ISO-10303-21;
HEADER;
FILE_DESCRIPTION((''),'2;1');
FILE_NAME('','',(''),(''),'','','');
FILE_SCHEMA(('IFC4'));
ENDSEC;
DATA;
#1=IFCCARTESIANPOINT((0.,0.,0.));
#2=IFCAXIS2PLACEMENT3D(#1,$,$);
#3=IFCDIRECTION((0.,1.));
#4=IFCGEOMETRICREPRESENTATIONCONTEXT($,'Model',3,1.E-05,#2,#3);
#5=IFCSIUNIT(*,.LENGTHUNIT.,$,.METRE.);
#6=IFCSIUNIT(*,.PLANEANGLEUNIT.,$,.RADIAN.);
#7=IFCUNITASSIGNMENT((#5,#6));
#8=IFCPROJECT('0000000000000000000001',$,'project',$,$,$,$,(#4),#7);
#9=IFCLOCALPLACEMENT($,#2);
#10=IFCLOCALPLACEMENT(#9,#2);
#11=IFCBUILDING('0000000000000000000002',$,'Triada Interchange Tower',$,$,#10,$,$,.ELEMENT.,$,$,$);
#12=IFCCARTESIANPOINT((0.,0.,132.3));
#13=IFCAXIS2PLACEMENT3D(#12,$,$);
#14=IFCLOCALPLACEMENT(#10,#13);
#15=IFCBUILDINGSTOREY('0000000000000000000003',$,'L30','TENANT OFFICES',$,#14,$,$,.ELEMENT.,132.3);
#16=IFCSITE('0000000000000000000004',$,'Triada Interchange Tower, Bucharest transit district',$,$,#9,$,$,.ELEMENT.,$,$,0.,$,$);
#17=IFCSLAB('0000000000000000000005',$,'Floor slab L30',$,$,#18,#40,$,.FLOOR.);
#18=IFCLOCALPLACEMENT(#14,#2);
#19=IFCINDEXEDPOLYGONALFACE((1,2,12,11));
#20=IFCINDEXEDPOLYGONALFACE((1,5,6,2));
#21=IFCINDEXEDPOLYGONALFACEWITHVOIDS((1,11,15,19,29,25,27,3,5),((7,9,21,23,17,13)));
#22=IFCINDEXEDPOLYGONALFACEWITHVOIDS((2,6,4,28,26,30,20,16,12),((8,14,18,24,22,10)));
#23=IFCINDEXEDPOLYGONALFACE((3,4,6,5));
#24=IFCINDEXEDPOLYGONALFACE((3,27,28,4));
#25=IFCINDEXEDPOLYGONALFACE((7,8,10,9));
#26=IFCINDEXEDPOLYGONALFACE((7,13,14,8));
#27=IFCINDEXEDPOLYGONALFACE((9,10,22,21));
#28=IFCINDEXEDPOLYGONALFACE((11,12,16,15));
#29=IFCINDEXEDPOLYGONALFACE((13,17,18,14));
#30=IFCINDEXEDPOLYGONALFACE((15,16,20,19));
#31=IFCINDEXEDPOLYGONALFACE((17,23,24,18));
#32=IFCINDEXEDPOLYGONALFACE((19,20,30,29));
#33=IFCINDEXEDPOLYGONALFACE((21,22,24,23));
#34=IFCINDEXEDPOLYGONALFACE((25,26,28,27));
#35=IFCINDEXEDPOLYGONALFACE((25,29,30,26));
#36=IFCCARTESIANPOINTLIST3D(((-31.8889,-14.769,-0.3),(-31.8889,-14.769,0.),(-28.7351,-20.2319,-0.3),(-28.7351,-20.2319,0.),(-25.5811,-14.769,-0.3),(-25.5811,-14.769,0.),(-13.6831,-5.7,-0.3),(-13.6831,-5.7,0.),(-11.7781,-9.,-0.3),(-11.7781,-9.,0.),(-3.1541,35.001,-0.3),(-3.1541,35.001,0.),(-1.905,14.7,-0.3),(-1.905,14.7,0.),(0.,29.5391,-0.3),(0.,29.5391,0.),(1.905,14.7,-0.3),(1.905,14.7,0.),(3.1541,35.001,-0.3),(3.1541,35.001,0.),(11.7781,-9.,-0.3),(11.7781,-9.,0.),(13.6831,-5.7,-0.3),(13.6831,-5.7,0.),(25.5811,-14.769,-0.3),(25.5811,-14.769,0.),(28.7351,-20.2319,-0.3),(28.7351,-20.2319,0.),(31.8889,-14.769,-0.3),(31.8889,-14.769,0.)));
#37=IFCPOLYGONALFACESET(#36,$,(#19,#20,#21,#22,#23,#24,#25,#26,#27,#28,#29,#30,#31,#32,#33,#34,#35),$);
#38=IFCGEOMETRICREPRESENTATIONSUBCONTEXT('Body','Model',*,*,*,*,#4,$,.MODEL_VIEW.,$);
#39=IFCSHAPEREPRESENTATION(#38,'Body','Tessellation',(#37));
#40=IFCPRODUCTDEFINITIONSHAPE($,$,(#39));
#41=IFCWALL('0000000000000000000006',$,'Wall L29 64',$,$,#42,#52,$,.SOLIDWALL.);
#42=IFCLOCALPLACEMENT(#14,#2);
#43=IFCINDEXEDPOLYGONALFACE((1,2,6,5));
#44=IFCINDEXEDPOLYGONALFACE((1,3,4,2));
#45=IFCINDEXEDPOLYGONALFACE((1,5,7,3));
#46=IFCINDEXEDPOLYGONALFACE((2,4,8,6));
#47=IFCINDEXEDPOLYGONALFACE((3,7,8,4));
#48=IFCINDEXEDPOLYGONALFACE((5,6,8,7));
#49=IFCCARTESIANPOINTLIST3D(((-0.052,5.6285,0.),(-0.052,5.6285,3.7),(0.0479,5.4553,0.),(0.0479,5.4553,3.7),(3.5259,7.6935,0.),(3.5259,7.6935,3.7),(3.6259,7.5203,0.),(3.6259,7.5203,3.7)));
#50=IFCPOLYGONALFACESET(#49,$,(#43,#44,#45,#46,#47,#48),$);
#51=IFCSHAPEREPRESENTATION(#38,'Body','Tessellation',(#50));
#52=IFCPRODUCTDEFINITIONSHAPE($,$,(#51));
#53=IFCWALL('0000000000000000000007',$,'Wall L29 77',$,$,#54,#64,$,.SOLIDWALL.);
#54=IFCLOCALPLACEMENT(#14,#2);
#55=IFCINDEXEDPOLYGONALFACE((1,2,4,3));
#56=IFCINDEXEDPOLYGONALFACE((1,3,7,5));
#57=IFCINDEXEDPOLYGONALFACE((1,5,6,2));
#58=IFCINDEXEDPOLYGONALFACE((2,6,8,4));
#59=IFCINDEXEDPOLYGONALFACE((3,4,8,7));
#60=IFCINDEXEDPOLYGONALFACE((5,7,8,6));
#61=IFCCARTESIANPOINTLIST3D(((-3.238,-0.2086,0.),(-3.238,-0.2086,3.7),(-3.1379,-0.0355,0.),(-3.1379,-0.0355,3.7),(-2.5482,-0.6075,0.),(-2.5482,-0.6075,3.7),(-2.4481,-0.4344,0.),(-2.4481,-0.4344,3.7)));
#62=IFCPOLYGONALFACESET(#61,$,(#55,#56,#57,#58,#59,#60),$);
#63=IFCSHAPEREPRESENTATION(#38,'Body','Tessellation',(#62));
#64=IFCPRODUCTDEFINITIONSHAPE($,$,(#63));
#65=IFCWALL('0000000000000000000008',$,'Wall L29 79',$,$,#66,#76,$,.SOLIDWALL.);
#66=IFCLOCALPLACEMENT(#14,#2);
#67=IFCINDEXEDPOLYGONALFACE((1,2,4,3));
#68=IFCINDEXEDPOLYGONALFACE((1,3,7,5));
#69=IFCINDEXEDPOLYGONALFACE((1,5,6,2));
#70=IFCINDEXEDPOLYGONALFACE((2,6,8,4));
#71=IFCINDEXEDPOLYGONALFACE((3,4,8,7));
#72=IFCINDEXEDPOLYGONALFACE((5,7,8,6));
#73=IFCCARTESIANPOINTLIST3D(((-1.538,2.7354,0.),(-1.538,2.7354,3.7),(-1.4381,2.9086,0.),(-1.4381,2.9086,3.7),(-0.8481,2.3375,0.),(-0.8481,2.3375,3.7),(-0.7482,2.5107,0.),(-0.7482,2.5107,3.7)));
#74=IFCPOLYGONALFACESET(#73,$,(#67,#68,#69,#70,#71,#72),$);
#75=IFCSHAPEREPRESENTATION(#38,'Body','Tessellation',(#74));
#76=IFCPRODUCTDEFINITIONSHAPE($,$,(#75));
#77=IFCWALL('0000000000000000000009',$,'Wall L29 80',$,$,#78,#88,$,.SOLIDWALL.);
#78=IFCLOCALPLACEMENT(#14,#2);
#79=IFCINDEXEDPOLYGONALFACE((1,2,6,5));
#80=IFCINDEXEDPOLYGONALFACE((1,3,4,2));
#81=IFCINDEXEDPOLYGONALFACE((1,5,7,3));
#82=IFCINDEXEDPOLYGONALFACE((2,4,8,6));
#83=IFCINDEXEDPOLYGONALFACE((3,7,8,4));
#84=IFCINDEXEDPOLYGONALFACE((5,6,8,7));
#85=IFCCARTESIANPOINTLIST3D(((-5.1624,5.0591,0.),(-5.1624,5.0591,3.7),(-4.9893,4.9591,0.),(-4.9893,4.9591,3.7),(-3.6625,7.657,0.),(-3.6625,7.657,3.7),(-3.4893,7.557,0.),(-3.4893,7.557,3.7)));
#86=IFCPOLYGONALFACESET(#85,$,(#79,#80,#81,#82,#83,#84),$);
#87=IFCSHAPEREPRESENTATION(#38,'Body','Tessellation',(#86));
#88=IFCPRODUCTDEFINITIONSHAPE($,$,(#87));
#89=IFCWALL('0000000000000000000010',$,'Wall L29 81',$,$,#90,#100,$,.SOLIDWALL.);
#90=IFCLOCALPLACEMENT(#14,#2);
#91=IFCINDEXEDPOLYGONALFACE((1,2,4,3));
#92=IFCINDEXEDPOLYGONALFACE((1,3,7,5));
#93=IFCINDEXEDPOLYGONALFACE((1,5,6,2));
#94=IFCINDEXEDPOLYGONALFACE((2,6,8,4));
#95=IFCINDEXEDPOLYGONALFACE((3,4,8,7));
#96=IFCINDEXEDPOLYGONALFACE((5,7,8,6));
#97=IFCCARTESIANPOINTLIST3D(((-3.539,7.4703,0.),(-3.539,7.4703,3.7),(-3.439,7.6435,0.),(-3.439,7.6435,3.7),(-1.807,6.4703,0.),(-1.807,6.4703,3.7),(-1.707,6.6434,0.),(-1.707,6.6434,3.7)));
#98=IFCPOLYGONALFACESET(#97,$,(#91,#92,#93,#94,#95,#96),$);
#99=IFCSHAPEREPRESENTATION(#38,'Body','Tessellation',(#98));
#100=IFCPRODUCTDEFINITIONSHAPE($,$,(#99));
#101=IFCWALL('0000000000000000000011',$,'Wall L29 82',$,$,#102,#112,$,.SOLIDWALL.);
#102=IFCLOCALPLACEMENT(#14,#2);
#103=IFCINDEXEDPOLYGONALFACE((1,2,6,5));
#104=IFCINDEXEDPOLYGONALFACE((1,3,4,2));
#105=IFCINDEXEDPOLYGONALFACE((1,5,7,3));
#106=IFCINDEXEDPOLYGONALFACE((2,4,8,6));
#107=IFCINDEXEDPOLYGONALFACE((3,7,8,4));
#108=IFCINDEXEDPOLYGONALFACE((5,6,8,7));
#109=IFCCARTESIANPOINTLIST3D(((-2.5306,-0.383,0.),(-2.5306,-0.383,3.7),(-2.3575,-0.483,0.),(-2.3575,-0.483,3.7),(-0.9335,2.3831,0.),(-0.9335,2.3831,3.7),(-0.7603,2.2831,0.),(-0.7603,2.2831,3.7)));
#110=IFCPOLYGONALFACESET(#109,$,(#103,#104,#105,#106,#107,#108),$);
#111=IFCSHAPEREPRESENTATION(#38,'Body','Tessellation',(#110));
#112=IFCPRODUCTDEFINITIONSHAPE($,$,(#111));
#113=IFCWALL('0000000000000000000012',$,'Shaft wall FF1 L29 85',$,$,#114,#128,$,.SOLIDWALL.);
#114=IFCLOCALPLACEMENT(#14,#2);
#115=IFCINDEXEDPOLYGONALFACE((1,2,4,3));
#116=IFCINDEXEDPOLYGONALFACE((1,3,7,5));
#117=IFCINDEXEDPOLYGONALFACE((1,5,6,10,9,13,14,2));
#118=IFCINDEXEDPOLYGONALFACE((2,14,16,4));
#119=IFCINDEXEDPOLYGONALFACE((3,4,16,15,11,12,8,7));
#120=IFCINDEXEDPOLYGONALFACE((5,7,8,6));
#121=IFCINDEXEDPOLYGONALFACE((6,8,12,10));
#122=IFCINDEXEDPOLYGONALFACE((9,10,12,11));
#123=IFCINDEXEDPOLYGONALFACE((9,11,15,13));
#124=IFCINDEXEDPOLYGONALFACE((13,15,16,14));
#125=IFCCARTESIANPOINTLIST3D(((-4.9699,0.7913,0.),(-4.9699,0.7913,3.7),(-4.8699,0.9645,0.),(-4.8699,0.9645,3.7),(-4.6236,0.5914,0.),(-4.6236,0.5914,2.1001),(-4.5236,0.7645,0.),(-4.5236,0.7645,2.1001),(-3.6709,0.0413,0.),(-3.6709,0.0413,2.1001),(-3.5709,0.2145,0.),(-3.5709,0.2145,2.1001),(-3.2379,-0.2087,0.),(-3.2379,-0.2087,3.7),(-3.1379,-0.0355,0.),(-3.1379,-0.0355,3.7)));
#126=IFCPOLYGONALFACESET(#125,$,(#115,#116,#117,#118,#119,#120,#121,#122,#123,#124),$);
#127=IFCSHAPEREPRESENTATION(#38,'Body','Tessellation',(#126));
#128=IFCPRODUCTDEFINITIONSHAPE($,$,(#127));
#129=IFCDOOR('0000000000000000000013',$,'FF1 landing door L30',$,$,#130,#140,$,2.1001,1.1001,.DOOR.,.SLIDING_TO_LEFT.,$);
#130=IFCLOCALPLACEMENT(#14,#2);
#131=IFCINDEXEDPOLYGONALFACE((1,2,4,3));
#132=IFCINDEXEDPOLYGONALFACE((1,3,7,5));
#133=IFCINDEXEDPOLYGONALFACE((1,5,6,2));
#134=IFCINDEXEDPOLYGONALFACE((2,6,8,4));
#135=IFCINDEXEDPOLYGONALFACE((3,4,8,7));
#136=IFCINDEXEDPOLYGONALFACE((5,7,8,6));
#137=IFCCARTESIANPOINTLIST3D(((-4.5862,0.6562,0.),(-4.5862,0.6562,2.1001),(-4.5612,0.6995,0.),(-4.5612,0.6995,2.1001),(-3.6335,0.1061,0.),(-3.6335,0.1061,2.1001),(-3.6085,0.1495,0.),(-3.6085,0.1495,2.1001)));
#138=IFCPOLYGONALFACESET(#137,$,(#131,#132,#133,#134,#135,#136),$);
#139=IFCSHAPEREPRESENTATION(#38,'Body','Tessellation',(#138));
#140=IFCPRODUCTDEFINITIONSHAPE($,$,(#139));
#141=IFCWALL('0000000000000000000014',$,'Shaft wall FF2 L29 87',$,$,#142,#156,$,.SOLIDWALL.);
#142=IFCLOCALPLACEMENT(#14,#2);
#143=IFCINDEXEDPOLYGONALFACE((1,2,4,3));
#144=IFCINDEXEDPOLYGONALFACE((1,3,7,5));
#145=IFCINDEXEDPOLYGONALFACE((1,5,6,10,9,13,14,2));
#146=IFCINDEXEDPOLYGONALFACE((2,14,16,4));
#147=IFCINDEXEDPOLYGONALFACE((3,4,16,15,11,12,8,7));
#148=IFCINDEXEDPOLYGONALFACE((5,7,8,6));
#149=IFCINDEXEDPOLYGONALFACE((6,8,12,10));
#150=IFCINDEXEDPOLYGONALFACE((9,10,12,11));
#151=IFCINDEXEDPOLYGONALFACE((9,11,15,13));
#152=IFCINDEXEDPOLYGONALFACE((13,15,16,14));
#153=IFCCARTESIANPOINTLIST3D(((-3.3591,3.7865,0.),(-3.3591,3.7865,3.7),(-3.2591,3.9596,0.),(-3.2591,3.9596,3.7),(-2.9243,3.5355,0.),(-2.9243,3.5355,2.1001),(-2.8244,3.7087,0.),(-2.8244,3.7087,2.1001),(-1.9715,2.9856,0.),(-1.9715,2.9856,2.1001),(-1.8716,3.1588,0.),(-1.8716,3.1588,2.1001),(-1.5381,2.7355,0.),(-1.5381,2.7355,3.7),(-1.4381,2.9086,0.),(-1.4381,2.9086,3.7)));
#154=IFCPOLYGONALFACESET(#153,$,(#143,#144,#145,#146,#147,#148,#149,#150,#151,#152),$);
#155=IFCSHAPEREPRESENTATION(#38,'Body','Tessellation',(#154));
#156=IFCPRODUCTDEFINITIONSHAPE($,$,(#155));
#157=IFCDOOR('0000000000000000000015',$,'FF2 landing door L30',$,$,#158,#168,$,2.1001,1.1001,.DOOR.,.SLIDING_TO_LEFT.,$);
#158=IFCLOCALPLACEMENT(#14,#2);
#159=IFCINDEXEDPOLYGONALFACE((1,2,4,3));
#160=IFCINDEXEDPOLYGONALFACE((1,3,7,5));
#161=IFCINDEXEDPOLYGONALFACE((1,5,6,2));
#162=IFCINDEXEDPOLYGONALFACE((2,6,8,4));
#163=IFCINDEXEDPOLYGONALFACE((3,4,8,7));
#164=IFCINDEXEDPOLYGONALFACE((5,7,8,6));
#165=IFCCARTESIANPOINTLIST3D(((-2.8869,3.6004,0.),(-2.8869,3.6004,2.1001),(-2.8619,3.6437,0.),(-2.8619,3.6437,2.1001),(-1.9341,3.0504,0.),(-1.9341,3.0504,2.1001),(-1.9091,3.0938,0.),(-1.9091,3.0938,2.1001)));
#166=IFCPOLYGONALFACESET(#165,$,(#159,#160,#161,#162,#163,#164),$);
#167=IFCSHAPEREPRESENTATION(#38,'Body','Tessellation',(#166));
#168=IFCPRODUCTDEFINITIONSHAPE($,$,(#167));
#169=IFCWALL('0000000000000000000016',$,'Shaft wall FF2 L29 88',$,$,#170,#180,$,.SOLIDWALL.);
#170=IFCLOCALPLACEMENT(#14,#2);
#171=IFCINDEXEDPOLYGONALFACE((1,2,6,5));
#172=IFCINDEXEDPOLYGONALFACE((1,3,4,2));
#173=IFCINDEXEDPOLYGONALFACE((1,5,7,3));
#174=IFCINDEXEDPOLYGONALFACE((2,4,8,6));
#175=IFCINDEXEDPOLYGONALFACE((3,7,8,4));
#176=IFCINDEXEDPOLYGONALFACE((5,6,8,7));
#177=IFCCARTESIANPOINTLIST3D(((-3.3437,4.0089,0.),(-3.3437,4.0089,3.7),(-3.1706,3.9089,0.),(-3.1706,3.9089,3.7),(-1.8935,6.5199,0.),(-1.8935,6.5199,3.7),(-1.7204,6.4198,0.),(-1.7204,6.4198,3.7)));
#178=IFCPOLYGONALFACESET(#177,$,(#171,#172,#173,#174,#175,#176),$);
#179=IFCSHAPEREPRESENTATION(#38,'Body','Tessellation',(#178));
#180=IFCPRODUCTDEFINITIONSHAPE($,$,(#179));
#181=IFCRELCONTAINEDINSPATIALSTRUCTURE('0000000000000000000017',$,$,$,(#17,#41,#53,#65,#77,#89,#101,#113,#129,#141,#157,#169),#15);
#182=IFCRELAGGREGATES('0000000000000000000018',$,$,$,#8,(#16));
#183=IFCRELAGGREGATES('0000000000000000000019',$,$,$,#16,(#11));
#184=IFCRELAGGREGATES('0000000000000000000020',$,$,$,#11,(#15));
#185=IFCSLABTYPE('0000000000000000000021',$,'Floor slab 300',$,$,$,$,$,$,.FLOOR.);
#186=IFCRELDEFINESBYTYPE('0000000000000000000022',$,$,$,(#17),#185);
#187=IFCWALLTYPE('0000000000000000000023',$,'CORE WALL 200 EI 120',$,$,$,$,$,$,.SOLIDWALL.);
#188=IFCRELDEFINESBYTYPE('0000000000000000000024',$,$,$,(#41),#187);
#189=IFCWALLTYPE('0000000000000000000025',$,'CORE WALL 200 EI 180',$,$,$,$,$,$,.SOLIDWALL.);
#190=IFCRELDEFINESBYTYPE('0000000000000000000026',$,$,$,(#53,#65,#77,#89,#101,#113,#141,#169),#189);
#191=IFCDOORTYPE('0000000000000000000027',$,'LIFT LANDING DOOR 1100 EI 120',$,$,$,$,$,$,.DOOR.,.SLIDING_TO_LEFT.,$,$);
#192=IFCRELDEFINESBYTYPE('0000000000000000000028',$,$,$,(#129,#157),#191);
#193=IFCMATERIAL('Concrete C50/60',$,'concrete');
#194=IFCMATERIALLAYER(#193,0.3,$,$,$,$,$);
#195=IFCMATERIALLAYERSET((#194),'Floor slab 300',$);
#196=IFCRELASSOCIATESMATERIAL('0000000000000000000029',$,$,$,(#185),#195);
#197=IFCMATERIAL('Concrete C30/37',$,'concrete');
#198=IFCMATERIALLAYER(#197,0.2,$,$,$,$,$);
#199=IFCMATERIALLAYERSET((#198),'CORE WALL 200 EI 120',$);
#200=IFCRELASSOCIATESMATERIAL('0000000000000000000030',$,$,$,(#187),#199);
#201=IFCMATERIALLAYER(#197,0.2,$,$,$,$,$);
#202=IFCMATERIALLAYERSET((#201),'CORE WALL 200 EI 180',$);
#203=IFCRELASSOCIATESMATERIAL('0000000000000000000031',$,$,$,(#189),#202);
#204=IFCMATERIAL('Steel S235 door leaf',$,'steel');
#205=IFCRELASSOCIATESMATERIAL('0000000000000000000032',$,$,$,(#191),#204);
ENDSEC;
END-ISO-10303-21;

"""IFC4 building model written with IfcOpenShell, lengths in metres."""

from ifc_helpers import new_model, si_unit, direction, frame, frame_2d, origin, place, context, subcontext, project, spatial, polyline, rectangle, outline, extrude, material, layer, layer_set, type_object, element, fill, save


model = new_model("IFC4")

# Units and contexts
model_context = context("Model", 3, precision=1e-05, world=origin(), true_north=direction((0.0, 1.0)))
body_context = subcontext(model_context, "Body", "Model", "MODEL_VIEW")
ifc_project = project(units=[si_unit("LENGTHUNIT", "METRE"), si_unit("PLANEANGLEUNIT", "RADIAN")], contexts=[model_context])

# Site, building, storey
site_placement = place(None, origin())
site = spatial("IfcSite", under=ifc_project, at=site_placement, Name="Triada Interchange Tower, Bucharest transit district", CompositionType="ELEMENT", RefElevation=0.0)
building_placement = place(site_placement, origin())
building = spatial("IfcBuilding", under=site, at=building_placement, Name="Triada Interchange Tower", CompositionType="ELEMENT")
storey_placement = place(building_placement, frame((0.0, 0.0, 132.3)))
storey = spatial("IfcBuildingStorey", under=building, at=storey_placement, Name="L30", Description="TENANT OFFICES", CompositionType="ELEMENT", Elevation=132.3)

# Slab
ifc_material_1 = material(Name="Concrete C50/60", Category="concrete")
ifc_layer_1 = layer(ifc_material_1, 0.3)
ifc_layer_set_1 = layer_set([ifc_layer_1], Name="Floor slab 300")
slab_type = type_object("IfcSlabType", Name="Floor slab 300", PredefinedType="FLOOR", material=ifc_layer_set_1)
slab_placement = place(storey_placement, frame((0.0, 0.0, -0.3)))
element("IfcSlab", 1, at=slab_placement, inside=storey, type_object=slab_type, Name="Floor slab L30", PredefinedType="FLOOR", context=body_context, shape_type="SweptSolid", body=[
    extrude(outline(polyline([(-3.1541, 35.001), (-31.8889, -14.769), (-25.5811, -14.769), (-28.7351, -20.2319), (28.7351, -20.2319), (25.5811, -14.769), (31.8889, -14.769), (3.1541, 35.001), (0.0, 29.5391), (-3.1541, 35.001)]), holes=[polyline([(1.905, 14.7), (-1.905, 14.7), (-13.6831, -5.7), (-11.7781, -9.0), (11.7781, -9.0), (13.6831, -5.7), (1.905, 14.7)])]), origin(), (0.0, 0.0, 1.0), 0.3),
])

# Walls
ifc_material_2 = material(Name="Concrete C30/37", Category="concrete")
ifc_layer_2 = layer(ifc_material_2, 0.2)
ifc_layer_set_2 = layer_set([ifc_layer_2], Name="CORE WALL 200 EI 120")
wall_type_1 = type_object("IfcWallType", Name="CORE WALL 200 EI 120", PredefinedType="SOLIDWALL", material=ifc_layer_set_2)
wall_1_placement = place(storey_placement, frame((-0.002, 5.542, 0.0), z_axis=(0.0, 0.0, 1.0), x_axis=(0.866104, 0.499864, 0.0)))
element("IfcWall", 2, at=wall_1_placement, inside=storey, type_object=wall_type_1, Name="Wall L29 64", PredefinedType="SOLIDWALL", context=body_context, shape_type="SweptSolid", body=[
    extrude(rectangle(XDim=4.1311, YDim=0.2, at=frame_2d((2.0654, 0.0))), origin(), (0.0, 0.0, 1.0), 3.7),
])
ifc_layer_3 = layer(ifc_material_2, 0.2)
ifc_layer_set_3 = layer_set([ifc_layer_3], Name="CORE WALL 200 EI 180")
wall_type_2 = type_object("IfcWallType", Name="CORE WALL 200 EI 180", PredefinedType="SOLIDWALL", material=ifc_layer_set_3)
wall_2_placement = place(storey_placement, frame((-3.188, -0.1221, 0.0), z_axis=(0.0, 0.0, 1.0), x_axis=(0.865706, -0.500553, 0.0)))
element("IfcWall", 3, at=wall_2_placement, inside=storey, type_object=wall_type_2, Name="Wall L29 77", PredefinedType="SOLIDWALL", context=body_context, shape_type="SweptSolid", body=[
    extrude(rectangle(XDim=0.7969, YDim=0.2, at=frame_2d((0.3984, 0.0))), origin(), (0.0, 0.0, 1.0), 3.7),
])
wall_3_placement = place(storey_placement, frame((-1.488, 2.822, 0.0), z_axis=(0.0, 0.0, 1.0), x_axis=(0.866237, -0.499634, 0.0)))
element("IfcWall", 4, at=wall_3_placement, inside=storey, type_object=wall_type_2, Name="Wall L29 79", PredefinedType="SOLIDWALL", context=body_context, shape_type="SweptSolid", body=[
    extrude(rectangle(XDim=0.7964, YDim=0.2, at=frame_2d((0.3982, 0.0))), origin(), (0.0, 0.0, 1.0), 3.7),
])
wall_4_placement = place(storey_placement, frame((-5.0759, 5.009, 0.0), z_axis=(0.0, 0.0, 1.0), x_axis=(0.500025, 0.866011, 0.0)))
element("IfcWall", 5, at=wall_4_placement, inside=storey, type_object=wall_type_2, Name="Wall L29 80", PredefinedType="SOLIDWALL", context=body_context, shape_type="SweptSolid", body=[
    extrude(rectangle(XDim=2.9998, YDim=0.2, at=frame_2d((1.5, 0.0))), origin(), (0.0, 0.0, 1.0), 3.7),
])
wall_5_placement = place(storey_placement, frame((-3.489, 7.5569, 0.0), z_axis=(0.0, 0.0, 1.0), x_axis=(0.866011, -0.500025, 0.0)))
element("IfcWall", 6, at=wall_5_placement, inside=storey, type_object=wall_type_2, Name="Wall L29 81", PredefinedType="SOLIDWALL", context=body_context, shape_type="SweptSolid", body=[
    extrude(rectangle(XDim=2.0, YDim=0.2, at=frame_2d((1.0, 0.0))), origin(), (0.0, 0.0, 1.0), 3.7),
])
wall_6_placement = place(storey_placement, frame((-2.4441, -0.4331, 0.0), z_axis=(0.0, 0.0, 1.0), x_axis=(0.500036, 0.866005, 0.0)))
element("IfcWall", 7, at=wall_6_placement, inside=storey, type_object=wall_type_2, Name="Wall L29 82", PredefinedType="SOLIDWALL", context=body_context, shape_type="SweptSolid", body=[
    extrude(rectangle(XDim=3.1941, YDim=0.2, at=frame_2d((1.5972, 0.0))), origin(), (0.0, 0.0, 1.0), 3.7),
])

# Walls, openings, doors
wall_7_placement = place(storey_placement, frame((-4.9199, 0.8779, 0.0), z_axis=(0.0, 0.0, 1.0), x_axis=(0.866011, -0.500025, 0.0)))
wall_7 = element("IfcWall", 8, at=wall_7_placement, inside=storey, type_object=wall_type_2, Name="Shaft wall FF1 L29 85", PredefinedType="SOLIDWALL", context=body_context, shape_type="SweptSolid", body=[
    extrude(rectangle(XDim=2.0, YDim=0.2, at=frame_2d((1.0, 0.0))), origin(), (0.0, 0.0, 1.0), 3.7),
])
opening_1_placement = place(wall_7_placement, frame((0.3999, 0.0, 0.0)))
opening_1 = element("IfcOpeningElement", 9, at=opening_1_placement, cuts=wall_7, PredefinedType="OPENING", context=body_context, shape_type="SweptSolid", body=[
    extrude(rectangle(XDim=1.1001, YDim=2.1001, at=frame_2d((0.55, 1.05))), frame((0.0, 0.1099, 0.0), z_axis=(0.0, -1.0, 0.0), x_axis=(1.0, 0.0, 0.0)), (0.0, 0.0, 1.0), 0.22),
])
ifc_material_3 = material(Name="Steel S235 door leaf", Category="steel")
door_type = type_object("IfcDoorType", Name="LIFT LANDING DOOR 1100 EI 120", OperationType="SLIDING_TO_LEFT", PredefinedType="DOOR", material=ifc_material_3)
door_1_placement = place(opening_1_placement, origin())
door_1 = element("IfcDoor", 10, at=door_1_placement, inside=storey, type_object=door_type, Name="FF1 landing door L30", OperationType="SLIDING_TO_LEFT", OverallHeight=2.1001, OverallWidth=1.1001, PredefinedType="DOOR", context=body_context, shape_type="SweptSolid", body=[
    extrude(rectangle(XDim=1.1001, YDim=2.1001, at=frame_2d((0.55, 1.05))), frame((0.0, 0.0249, 0.0), z_axis=(0.0, -1.0, 0.0), x_axis=(1.0, 0.0, 0.0)), (0.0, 0.0, 1.0), 0.05),
])
fill(opening_1, door_1)
wall_8_placement = place(storey_placement, frame((-3.3091, 3.873, 0.0), z_axis=(0.0, 0.0, 1.0), x_axis=(0.866099, -0.499873, 0.0)))
wall_8 = element("IfcWall", 11, at=wall_8_placement, inside=storey, type_object=wall_type_2, Name="Shaft wall FF2 L29 87", PredefinedType="SOLIDWALL", context=body_context, shape_type="SweptSolid", body=[
    extrude(rectangle(XDim=2.1025, YDim=0.2, at=frame_2d((1.0513, 0.0))), origin(), (0.0, 0.0, 1.0), 3.7),
])
opening_2_placement = place(wall_8_placement, frame((0.502, 0.0, 0.0)))
opening_2 = element("IfcOpeningElement", 12, at=opening_2_placement, cuts=wall_8, PredefinedType="OPENING", context=body_context, shape_type="SweptSolid", body=[
    extrude(rectangle(XDim=1.1001, YDim=2.1001, at=frame_2d((0.55, 1.05))), frame((0.0, 0.1099, 0.0), z_axis=(0.0, -1.0, 0.0), x_axis=(1.0, 0.0, 0.0)), (0.0, 0.0, 1.0), 0.22),
])
door_2_placement = place(opening_2_placement, origin())
door_2 = element("IfcDoor", 13, at=door_2_placement, inside=storey, type_object=door_type, Name="FF2 landing door L30", OperationType="SLIDING_TO_LEFT", OverallHeight=2.1001, OverallWidth=1.1001, PredefinedType="DOOR", context=body_context, shape_type="SweptSolid", body=[
    extrude(rectangle(XDim=1.1001, YDim=2.1001, at=frame_2d((0.55, 1.05))), frame((0.0, 0.0249, 0.0), z_axis=(0.0, -1.0, 0.0), x_axis=(1.0, 0.0, 0.0)), (0.0, 0.0, 1.0), 0.05),
])
fill(opening_2, door_2)

# Wall
wall_9_placement = place(storey_placement, frame((-3.2571, 3.959, 0.0), z_axis=(0.0, 0.0, 1.0), x_axis=(0.500123, 0.865954, 0.0)))
element("IfcWall", 14, at=wall_9_placement, inside=storey, type_object=wall_type_2, Name="Shaft wall FF2 L29 88", PredefinedType="SOLIDWALL", context=body_context, shape_type="SweptSolid", body=[
    extrude(rectangle(XDim=2.8997, YDim=0.2, at=frame_2d((1.4497, 0.0))), origin(), (0.0, 0.0, 1.0), 3.7),
])

save(model, "model.ifc")
